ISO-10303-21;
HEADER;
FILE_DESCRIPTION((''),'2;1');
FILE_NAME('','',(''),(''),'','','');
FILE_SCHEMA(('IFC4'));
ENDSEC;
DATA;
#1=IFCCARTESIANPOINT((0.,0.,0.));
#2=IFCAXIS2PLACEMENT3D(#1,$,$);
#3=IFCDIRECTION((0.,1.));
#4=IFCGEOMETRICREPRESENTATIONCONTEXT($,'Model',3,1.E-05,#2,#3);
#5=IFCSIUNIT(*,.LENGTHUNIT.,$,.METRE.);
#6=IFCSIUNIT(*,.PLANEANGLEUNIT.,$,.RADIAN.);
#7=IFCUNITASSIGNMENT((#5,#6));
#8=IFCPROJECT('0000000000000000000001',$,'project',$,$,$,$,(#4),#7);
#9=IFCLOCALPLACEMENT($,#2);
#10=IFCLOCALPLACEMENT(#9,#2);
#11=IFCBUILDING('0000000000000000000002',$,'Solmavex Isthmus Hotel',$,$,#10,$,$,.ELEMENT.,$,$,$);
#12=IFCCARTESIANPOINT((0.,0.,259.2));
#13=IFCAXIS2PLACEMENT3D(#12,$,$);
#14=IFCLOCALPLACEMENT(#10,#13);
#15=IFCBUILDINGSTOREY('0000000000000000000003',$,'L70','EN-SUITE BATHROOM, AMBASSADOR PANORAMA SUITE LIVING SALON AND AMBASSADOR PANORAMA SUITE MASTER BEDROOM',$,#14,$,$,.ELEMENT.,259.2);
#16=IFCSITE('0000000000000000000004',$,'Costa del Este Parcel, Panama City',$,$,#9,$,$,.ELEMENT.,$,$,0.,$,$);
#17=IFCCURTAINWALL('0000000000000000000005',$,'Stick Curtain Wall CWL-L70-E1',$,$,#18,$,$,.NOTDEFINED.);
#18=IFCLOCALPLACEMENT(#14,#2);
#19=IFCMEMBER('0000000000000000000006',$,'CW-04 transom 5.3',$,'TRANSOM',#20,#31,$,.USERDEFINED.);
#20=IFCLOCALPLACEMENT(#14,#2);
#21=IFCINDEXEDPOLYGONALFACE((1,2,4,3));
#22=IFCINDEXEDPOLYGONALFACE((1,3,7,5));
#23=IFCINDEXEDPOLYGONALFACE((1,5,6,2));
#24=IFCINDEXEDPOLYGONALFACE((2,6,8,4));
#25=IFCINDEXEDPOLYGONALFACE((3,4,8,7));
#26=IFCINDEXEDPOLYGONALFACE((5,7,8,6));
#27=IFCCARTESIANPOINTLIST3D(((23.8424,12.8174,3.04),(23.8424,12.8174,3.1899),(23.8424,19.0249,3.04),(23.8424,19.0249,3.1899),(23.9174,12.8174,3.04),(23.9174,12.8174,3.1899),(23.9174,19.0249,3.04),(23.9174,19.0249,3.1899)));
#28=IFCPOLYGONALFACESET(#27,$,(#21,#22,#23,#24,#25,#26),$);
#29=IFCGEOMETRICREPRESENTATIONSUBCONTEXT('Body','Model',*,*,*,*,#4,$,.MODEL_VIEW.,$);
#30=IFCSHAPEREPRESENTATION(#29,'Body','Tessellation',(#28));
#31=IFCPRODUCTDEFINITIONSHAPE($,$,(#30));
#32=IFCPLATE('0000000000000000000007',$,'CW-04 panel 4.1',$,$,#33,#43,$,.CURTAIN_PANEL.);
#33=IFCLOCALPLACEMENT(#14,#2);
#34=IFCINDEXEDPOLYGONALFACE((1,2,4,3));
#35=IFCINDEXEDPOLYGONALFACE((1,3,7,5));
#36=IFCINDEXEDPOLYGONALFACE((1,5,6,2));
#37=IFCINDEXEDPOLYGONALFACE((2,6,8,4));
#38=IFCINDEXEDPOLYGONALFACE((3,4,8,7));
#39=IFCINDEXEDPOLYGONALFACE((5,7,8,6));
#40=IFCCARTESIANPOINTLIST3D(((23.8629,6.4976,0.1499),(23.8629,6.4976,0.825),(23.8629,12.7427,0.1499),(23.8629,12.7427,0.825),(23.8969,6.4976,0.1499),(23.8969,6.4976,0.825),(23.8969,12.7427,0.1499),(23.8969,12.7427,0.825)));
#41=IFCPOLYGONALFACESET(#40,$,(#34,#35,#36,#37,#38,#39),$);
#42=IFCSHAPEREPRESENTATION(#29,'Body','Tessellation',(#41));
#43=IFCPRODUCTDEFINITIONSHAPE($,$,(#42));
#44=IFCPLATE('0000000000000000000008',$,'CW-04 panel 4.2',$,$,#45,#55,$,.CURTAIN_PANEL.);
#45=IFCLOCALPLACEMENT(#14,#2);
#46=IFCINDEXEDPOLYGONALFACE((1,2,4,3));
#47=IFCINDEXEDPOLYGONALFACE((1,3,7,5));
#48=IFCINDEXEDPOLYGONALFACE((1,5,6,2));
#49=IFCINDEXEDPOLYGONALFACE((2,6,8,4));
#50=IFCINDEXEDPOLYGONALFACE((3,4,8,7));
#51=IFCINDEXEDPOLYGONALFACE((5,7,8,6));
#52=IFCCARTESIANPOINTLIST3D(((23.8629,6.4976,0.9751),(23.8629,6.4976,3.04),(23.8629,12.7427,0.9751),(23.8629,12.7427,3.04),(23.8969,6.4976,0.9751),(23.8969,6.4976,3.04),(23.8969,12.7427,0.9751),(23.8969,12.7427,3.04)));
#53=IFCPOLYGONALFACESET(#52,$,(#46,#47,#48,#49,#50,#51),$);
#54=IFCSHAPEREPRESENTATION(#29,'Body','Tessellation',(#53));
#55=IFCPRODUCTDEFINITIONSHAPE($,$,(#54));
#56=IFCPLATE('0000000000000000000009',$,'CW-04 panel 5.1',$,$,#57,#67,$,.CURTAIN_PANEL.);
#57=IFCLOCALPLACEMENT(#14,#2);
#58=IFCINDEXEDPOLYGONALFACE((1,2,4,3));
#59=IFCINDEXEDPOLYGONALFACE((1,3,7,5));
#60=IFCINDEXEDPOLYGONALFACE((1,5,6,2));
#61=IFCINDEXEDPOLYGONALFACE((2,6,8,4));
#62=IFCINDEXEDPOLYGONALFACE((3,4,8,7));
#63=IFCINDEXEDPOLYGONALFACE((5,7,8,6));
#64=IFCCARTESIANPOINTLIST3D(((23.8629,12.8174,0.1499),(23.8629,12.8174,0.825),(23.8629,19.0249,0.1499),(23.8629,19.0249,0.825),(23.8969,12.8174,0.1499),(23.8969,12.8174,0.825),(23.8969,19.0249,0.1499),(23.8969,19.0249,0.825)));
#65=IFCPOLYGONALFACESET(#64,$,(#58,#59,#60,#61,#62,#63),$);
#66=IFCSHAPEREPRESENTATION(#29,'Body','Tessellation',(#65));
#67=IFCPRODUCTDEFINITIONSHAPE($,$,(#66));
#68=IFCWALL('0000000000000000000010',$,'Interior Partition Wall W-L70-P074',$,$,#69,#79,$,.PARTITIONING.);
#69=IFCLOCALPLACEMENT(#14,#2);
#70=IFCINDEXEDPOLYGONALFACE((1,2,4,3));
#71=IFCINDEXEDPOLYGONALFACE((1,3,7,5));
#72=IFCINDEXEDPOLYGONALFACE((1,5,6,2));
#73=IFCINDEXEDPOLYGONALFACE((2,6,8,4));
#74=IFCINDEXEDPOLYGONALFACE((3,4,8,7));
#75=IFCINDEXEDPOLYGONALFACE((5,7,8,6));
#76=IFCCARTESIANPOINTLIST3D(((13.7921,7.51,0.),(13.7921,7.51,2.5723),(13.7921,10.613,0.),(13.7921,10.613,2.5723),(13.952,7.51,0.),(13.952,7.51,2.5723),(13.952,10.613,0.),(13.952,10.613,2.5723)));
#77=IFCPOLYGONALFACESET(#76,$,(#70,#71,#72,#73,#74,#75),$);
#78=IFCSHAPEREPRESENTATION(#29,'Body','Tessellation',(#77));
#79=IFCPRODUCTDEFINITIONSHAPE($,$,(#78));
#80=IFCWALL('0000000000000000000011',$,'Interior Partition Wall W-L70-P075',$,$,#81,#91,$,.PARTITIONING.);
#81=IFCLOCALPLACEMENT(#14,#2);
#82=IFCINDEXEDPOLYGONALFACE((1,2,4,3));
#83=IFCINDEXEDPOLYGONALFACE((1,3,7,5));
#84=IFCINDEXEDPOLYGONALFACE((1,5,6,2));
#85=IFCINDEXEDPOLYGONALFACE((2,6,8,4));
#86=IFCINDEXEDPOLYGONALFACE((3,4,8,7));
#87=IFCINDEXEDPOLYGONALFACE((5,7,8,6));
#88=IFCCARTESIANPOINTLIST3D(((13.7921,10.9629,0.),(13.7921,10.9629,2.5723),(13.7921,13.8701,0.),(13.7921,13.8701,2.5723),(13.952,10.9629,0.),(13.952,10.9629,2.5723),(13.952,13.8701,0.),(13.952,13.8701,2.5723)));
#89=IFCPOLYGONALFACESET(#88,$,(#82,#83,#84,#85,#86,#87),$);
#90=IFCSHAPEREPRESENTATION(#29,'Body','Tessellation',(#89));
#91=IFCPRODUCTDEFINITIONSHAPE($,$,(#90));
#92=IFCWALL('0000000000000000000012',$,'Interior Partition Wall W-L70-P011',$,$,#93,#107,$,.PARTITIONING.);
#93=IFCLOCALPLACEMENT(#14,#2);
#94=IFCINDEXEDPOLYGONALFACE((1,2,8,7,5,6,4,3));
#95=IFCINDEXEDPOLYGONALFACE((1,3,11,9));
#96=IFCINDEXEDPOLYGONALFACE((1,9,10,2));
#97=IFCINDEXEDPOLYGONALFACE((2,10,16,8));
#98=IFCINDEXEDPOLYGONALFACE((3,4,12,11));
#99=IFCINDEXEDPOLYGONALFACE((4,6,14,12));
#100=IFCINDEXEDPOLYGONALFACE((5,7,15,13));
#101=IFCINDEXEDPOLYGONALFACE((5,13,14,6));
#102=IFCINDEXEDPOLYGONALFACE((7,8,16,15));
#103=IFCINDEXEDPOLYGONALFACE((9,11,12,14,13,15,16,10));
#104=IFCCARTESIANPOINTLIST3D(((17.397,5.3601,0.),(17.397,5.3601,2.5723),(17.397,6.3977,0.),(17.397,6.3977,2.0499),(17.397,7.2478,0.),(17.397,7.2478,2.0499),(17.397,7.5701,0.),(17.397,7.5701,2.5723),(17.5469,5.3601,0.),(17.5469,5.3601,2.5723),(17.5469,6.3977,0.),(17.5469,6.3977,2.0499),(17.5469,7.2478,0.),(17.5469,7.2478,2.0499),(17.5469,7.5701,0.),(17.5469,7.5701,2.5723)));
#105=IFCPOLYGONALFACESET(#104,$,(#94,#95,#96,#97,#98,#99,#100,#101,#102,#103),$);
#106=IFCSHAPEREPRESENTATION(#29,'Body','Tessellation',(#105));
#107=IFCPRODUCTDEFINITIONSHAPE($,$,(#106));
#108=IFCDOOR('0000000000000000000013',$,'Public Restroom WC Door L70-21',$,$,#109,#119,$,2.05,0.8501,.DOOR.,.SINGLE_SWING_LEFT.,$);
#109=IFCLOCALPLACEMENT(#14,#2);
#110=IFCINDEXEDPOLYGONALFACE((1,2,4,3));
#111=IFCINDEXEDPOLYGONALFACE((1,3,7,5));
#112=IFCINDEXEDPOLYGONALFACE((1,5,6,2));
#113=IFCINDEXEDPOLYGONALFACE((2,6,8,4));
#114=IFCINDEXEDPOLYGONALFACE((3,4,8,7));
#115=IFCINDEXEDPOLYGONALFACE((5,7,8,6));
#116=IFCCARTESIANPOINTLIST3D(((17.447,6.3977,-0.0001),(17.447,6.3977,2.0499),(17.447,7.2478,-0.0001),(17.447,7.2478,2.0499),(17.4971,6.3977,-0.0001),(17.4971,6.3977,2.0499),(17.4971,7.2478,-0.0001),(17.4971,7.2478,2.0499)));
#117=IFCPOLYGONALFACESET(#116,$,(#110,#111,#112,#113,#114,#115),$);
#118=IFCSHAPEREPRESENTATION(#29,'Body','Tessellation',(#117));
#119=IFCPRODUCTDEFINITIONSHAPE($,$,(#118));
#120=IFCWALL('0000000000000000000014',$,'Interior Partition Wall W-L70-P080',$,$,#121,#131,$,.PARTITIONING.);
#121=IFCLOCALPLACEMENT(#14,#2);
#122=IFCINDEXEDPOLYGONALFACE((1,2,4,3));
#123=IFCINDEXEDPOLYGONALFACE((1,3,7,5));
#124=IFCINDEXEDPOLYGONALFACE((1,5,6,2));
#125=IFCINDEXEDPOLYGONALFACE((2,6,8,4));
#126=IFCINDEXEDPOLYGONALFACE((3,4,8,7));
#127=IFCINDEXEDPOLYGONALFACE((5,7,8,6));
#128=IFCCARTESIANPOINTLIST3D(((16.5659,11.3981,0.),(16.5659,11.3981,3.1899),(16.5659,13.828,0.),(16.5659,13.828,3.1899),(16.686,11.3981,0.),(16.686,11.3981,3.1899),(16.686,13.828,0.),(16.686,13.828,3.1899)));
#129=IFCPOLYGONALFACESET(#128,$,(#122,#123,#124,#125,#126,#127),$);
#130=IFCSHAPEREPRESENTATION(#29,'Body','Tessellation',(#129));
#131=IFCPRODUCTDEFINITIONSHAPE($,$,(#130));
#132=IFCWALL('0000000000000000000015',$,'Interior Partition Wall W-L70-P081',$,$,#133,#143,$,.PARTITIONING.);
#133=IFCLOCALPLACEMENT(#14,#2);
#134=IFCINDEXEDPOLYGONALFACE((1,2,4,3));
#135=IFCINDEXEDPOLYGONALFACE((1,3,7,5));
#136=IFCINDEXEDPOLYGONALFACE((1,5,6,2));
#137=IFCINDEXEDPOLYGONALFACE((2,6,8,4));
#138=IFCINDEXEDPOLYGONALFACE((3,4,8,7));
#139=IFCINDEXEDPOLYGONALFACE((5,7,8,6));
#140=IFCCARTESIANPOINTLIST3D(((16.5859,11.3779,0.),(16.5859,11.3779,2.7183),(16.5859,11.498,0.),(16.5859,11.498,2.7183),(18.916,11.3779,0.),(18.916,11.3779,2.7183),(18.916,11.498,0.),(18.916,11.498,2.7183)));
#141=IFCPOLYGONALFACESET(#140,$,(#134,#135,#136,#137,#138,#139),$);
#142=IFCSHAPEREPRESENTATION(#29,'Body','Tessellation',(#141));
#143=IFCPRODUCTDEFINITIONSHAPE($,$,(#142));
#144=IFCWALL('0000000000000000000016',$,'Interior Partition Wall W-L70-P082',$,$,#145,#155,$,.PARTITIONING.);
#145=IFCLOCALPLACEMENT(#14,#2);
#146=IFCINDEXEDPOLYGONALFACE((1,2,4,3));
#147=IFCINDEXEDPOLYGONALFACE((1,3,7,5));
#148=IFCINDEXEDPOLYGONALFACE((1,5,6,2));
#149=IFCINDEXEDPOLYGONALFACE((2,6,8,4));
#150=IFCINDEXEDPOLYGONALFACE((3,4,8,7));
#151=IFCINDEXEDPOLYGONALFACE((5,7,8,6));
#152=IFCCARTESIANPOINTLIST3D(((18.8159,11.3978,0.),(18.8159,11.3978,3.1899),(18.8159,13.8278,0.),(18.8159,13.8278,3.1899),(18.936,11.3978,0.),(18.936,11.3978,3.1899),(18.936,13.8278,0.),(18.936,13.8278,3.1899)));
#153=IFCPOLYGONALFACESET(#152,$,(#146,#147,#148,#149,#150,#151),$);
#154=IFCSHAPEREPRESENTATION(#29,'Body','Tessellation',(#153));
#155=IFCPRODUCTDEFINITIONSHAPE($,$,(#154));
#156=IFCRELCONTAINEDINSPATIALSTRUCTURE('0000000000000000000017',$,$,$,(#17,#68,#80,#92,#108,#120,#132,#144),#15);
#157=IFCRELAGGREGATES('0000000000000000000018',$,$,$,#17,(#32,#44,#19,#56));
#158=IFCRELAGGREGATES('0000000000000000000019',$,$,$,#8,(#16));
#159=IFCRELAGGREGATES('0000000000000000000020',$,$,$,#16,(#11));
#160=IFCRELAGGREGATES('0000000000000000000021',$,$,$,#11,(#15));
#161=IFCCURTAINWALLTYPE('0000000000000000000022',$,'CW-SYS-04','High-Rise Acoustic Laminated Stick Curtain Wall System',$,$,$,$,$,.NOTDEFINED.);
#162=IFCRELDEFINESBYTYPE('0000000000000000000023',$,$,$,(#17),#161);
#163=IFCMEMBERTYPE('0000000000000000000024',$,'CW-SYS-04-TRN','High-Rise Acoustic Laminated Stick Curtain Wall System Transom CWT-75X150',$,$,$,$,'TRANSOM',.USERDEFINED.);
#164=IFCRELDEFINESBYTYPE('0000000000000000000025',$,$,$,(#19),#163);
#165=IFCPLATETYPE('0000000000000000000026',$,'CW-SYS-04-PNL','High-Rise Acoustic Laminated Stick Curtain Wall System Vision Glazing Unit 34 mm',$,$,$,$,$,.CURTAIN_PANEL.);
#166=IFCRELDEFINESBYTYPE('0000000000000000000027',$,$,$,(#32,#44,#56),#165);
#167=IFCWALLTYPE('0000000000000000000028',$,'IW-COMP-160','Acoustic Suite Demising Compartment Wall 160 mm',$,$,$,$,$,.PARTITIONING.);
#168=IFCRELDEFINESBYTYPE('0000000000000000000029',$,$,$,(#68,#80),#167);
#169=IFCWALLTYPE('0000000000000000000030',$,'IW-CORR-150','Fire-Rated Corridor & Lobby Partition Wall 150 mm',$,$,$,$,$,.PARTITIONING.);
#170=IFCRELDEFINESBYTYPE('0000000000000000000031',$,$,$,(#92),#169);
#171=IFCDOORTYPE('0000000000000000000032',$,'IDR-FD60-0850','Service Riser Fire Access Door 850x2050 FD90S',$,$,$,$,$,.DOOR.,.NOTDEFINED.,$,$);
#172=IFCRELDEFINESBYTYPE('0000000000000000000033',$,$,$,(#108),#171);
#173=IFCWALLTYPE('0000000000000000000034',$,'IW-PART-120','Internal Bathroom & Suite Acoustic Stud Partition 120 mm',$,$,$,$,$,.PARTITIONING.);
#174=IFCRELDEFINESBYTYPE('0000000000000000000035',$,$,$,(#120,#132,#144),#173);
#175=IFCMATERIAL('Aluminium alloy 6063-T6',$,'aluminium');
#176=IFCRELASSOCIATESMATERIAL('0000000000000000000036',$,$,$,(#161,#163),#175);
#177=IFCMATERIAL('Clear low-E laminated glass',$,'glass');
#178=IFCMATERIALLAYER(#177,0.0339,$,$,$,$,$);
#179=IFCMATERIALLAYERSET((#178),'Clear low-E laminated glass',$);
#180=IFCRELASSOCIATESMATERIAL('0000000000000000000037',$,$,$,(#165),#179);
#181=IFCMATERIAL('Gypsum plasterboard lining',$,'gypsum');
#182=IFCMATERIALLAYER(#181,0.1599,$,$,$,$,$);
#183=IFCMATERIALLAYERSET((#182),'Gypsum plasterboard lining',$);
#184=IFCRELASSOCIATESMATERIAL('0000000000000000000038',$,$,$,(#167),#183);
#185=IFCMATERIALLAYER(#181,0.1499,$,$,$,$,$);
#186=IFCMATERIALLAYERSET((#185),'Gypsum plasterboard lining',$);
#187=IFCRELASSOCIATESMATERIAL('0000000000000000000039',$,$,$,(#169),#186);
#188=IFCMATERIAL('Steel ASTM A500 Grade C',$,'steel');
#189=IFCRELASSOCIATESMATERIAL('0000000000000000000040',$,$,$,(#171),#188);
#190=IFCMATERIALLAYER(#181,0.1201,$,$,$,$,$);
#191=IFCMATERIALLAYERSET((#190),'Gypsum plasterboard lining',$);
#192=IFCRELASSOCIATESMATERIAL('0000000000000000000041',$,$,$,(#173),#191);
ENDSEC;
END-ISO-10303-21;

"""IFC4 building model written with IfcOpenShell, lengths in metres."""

from ifc_helpers import new_model, si_unit, direction, frame, frame_2d, origin, origin_2d, place, context, subcontext, project, spatial, rectangle, extrude, material, layer, layer_set, material_profile, profile_set, type_object, element, fill, aggregate, save


model = new_model("IFC4")

# Units and contexts
model_context = context("Model", 3, precision=1e-05, world=origin(), true_north=direction((0.0, 1.0)))
body_context = subcontext(model_context, "Body", "Model", "MODEL_VIEW")
ifc_project = project(units=[si_unit("LENGTHUNIT", "METRE"), si_unit("PLANEANGLEUNIT", "RADIAN")], contexts=[model_context])

# Site, building, storey
site_placement = place(None, origin())
site = spatial("IfcSite", under=ifc_project, at=site_placement, Name="Costa del Este Parcel, Panama City", CompositionType="ELEMENT", RefElevation=0.0)
building_placement = place(site_placement, origin())
building = spatial("IfcBuilding", under=site, at=building_placement, Name="Solmavex Isthmus Hotel", CompositionType="ELEMENT")
storey_placement = place(building_placement, frame((0.0, 0.0, 259.2)))
storey = spatial("IfcBuildingStorey", under=building, at=storey_placement, Name="L70", Description="EN-SUITE BATHROOM, AMBASSADOR PANORAMA SUITE LIVING SALON AND AMBASSADOR PANORAMA SUITE MASTER BEDROOM", CompositionType="ELEMENT", Elevation=259.2)

# Curtain wall, member, plates
ifc_material_1 = material(Name="Aluminium alloy 6063-T6", Category="aluminium")
curtain_wall_type = type_object("IfcCurtainWallType", Name="CW-SYS-04", Description="High-Rise Acoustic Laminated Stick Curtain Wall System", PredefinedType="NOTDEFINED", material=ifc_material_1)
curtain_wall_placement = place(storey_placement, origin())
curtain_wall = element("IfcCurtainWall", 1, at=curtain_wall_placement, inside=storey, type_object=curtain_wall_type, Name="Stick Curtain Wall CWL-L70-E1", PredefinedType="NOTDEFINED")
ifc_material_profile_1 = material_profile(ifc_material_1, rectangle(XDim=0.075, YDim=0.1499, at=origin_2d()), Name="CWT-75X150")
ifc_profile_set_1 = profile_set([ifc_material_profile_1], Name="Aluminium alloy 6063-T6")
member_type_1 = type_object("IfcMemberType", Name="CW-SYS-04-TRN", Description="High-Rise Acoustic Laminated Stick Curtain Wall System Transom CWT-75X150", ElementType="TRANSOM", PredefinedType="USERDEFINED", material=ifc_profile_set_1)
member_1_placement = place(storey_placement, frame((23.8799, 12.8174, 3.115), z_axis=(0.0, 1.0, 0.0), x_axis=(-1.0, 0.0, 0.0)))
member_1 = element("IfcMember", 2, at=member_1_placement, type_object=member_type_1, Name="CW-04 transom 5.3", ObjectType="TRANSOM", PredefinedType="USERDEFINED", context=body_context, shape_type="SweptSolid", body=[
    extrude(rectangle(XDim=0.075, YDim=0.1499, at=origin_2d()), origin(), (0.0, 0.0, 1.0), 6.2075),
])
ifc_material_2 = material(Name="Clear low-E laminated glass", Category="glass")
ifc_layer_1 = layer(ifc_material_2, 0.0339)
ifc_layer_set_1 = layer_set([ifc_layer_1], Name="Clear low-E laminated glass")
plate_type = type_object("IfcPlateType", Name="CW-SYS-04-PNL", Description="High-Rise Acoustic Laminated Stick Curtain Wall System Vision Glazing Unit 34 mm", PredefinedType="CURTAIN_PANEL", material=ifc_layer_set_1)
plate_1_placement = place(storey_placement, frame((23.8799, 9.6201, 0.1499), z_axis=(0.0, 0.0, 1.0), x_axis=(0.0, 1.0, 0.0)))
plate_1 = element("IfcPlate", 3, at=plate_1_placement, type_object=plate_type, Name="CW-04 panel 4.1", PredefinedType="CURTAIN_PANEL", context=body_context, shape_type="SweptSolid", body=[
    extrude(rectangle(XDim=6.2451, YDim=0.0339, at=origin_2d()), origin(), (0.0, 0.0, 1.0), 0.675),
])
plate_2_placement = place(storey_placement, frame((23.8799, 9.6201, 0.9751), z_axis=(0.0, 0.0, 1.0), x_axis=(0.0, 1.0, 0.0)))
plate_2 = element("IfcPlate", 4, at=plate_2_placement, type_object=plate_type, Name="CW-04 panel 4.2", PredefinedType="CURTAIN_PANEL", context=body_context, shape_type="SweptSolid", body=[
    extrude(rectangle(XDim=6.2451, YDim=0.0339, at=origin_2d()), origin(), (0.0, 0.0, 1.0), 2.0649),
])
plate_3_placement = place(storey_placement, frame((23.8799, 15.9211, 0.1499), z_axis=(0.0, 0.0, 1.0), x_axis=(0.0, 1.0, 0.0)))
plate_3 = element("IfcPlate", 5, at=plate_3_placement, type_object=plate_type, Name="CW-04 panel 5.1", PredefinedType="CURTAIN_PANEL", context=body_context, shape_type="SweptSolid", body=[
    extrude(rectangle(XDim=6.2075, YDim=0.0339, at=origin_2d()), origin(), (0.0, 0.0, 1.0), 0.675),
])
aggregate(curtain_wall, [plate_1, plate_2, member_1, plate_3])

# Walls
ifc_material_3 = material(Name="Gypsum plasterboard lining", Category="gypsum")
ifc_layer_2 = layer(ifc_material_3, 0.1599)
ifc_layer_set_2 = layer_set([ifc_layer_2], Name="Gypsum plasterboard lining")
wall_type_1 = type_object("IfcWallType", Name="IW-COMP-160", Description="Acoustic Suite Demising Compartment Wall 160 mm", PredefinedType="PARTITIONING", material=ifc_layer_set_2)
wall_1_placement = place(storey_placement, frame((13.8721, 10.613, 0.0), z_axis=(0.0, 0.0, 1.0), x_axis=(0.0, -1.0, 0.0)))
element("IfcWall", 6, at=wall_1_placement, inside=storey, type_object=wall_type_1, Name="Interior Partition Wall W-L70-P074", PredefinedType="PARTITIONING", context=body_context, shape_type="SweptSolid", body=[
    extrude(rectangle(XDim=3.103, YDim=0.1599, at=frame_2d((1.5515, 0.0))), origin(), (0.0, 0.0, 1.0), 2.5723),
])
wall_2_placement = place(storey_placement, frame((13.8721, 13.8701, 0.0), z_axis=(0.0, 0.0, 1.0), x_axis=(0.0, -1.0, 0.0)))
element("IfcWall", 7, at=wall_2_placement, inside=storey, type_object=wall_type_1, Name="Interior Partition Wall W-L70-P075", PredefinedType="PARTITIONING", context=body_context, shape_type="SweptSolid", body=[
    extrude(rectangle(XDim=2.9072, YDim=0.1599, at=frame_2d((1.4536, 0.0))), origin(), (0.0, 0.0, 1.0), 2.5723),
])

# Wall, opening, door
ifc_layer_3 = layer(ifc_material_3, 0.1499)
ifc_layer_set_3 = layer_set([ifc_layer_3], Name="Gypsum plasterboard lining")
wall_type_2 = type_object("IfcWallType", Name="IW-CORR-150", Description="Fire-Rated Corridor & Lobby Partition Wall 150 mm", PredefinedType="PARTITIONING", material=ifc_layer_set_3)
wall_3_placement = place(storey_placement, frame((17.4719, 7.5701, 0.0), z_axis=(0.0, 0.0, 1.0), x_axis=(0.0, -1.0, 0.0)))
wall_3 = element("IfcWall", 8, at=wall_3_placement, inside=storey, type_object=wall_type_2, Name="Interior Partition Wall W-L70-P011", PredefinedType="PARTITIONING", context=body_context, shape_type="SweptSolid", body=[
    extrude(rectangle(XDim=2.21, YDim=0.1499, at=frame_2d((1.105, 0.0))), origin(), (0.0, 0.0, 1.0), 2.5723),
])
opening_1_placement = place(wall_3_placement, frame((0.3223, 0.0, 0.0)))
opening_1 = element("IfcOpeningElement", 9, at=opening_1_placement, cuts=wall_3, PredefinedType="OPENING", context=body_context, shape_type="SweptSolid", body=[
    extrude(rectangle(XDim=0.8501, YDim=2.05, at=frame_2d((0.425, 1.0249))), frame((0.0, 0.085, 0.0), z_axis=(0.0, -1.0, 0.0), x_axis=(1.0, 0.0, 0.0)), (0.0, 0.0, 1.0), 0.1699),
])
ifc_material_4 = material(Name="Steel ASTM A500 Grade C", Category="steel")
door_type_1 = type_object("IfcDoorType", Name="IDR-FD60-0850", Description="Service Riser Fire Access Door 850x2050 FD90S", OperationType="NOTDEFINED", PredefinedType="DOOR", material=ifc_material_4)
door_1_placement = place(opening_1_placement, frame((0.8501, 0.0, 0.0), z_axis=(0.0, 0.0, 1.0), x_axis=(-1.0, 0.0, 0.0)))
door_1 = element("IfcDoor", 10, at=door_1_placement, inside=storey, type_object=door_type_1, Name="Public Restroom WC Door L70-21", OperationType="SINGLE_SWING_LEFT", OverallHeight=2.05, OverallWidth=0.8501, PredefinedType="DOOR", context=body_context, shape_type="SweptSolid", body=[
    extrude(rectangle(XDim=0.8501, YDim=2.05, at=frame_2d((0.425, 1.0249))), frame((0.0, 0.0249, 0.0), z_axis=(0.0, -1.0, 0.0), x_axis=(1.0, 0.0, 0.0)), (0.0, 0.0, 1.0), 0.05),
])
fill(opening_1, door_1)

# Walls
ifc_layer_4 = layer(ifc_material_3, 0.1201)
ifc_layer_set_4 = layer_set([ifc_layer_4], Name="Gypsum plasterboard lining")
wall_type_3 = type_object("IfcWallType", Name="IW-PART-120", Description="Internal Bathroom & Suite Acoustic Stud Partition 120 mm", PredefinedType="PARTITIONING", material=ifc_layer_set_4)
wall_4_placement = place(storey_placement, frame((16.626, 13.8279, 0.0), z_axis=(0.0, 0.0, 1.0), x_axis=(0.0, -1.0, 0.0)))
element("IfcWall", 11, at=wall_4_placement, inside=storey, type_object=wall_type_3, Name="Interior Partition Wall W-L70-P080", PredefinedType="PARTITIONING", context=body_context, shape_type="SweptSolid", body=[
    extrude(rectangle(XDim=2.4299, YDim=0.1201, at=frame_2d((1.2148, 0.0))), origin(), (0.0, 0.0, 1.0), 3.1899),
])
wall_5_placement = place(storey_placement, frame((16.5859, 11.438, 0.0), z_axis=(0.0, 0.0, 1.0), x_axis=(1.0, 0.0, 0.0)))
element("IfcWall", 12, at=wall_5_placement, inside=storey, type_object=wall_type_3, Name="Interior Partition Wall W-L70-P081", PredefinedType="PARTITIONING", context=body_context, shape_type="SweptSolid", body=[
    extrude(rectangle(XDim=2.3301, YDim=0.1201, at=frame_2d((1.165, 0.0))), origin(), (0.0, 0.0, 1.0), 2.7183),
])
wall_6_placement = place(storey_placement, frame((18.876, 11.3979, 0.0), z_axis=(0.0, 0.0, 1.0), x_axis=(0.0, 1.0, 0.0)))
element("IfcWall", 13, at=wall_6_placement, inside=storey, type_object=wall_type_3, Name="Interior Partition Wall W-L70-P082", PredefinedType="PARTITIONING", context=body_context, shape_type="SweptSolid", body=[
    extrude(rectangle(XDim=2.4299, YDim=0.1201, at=frame_2d((1.2148, 0.0))), origin(), (0.0, 0.0, 1.0), 3.1899),
])

save(model, "model.ifc")
